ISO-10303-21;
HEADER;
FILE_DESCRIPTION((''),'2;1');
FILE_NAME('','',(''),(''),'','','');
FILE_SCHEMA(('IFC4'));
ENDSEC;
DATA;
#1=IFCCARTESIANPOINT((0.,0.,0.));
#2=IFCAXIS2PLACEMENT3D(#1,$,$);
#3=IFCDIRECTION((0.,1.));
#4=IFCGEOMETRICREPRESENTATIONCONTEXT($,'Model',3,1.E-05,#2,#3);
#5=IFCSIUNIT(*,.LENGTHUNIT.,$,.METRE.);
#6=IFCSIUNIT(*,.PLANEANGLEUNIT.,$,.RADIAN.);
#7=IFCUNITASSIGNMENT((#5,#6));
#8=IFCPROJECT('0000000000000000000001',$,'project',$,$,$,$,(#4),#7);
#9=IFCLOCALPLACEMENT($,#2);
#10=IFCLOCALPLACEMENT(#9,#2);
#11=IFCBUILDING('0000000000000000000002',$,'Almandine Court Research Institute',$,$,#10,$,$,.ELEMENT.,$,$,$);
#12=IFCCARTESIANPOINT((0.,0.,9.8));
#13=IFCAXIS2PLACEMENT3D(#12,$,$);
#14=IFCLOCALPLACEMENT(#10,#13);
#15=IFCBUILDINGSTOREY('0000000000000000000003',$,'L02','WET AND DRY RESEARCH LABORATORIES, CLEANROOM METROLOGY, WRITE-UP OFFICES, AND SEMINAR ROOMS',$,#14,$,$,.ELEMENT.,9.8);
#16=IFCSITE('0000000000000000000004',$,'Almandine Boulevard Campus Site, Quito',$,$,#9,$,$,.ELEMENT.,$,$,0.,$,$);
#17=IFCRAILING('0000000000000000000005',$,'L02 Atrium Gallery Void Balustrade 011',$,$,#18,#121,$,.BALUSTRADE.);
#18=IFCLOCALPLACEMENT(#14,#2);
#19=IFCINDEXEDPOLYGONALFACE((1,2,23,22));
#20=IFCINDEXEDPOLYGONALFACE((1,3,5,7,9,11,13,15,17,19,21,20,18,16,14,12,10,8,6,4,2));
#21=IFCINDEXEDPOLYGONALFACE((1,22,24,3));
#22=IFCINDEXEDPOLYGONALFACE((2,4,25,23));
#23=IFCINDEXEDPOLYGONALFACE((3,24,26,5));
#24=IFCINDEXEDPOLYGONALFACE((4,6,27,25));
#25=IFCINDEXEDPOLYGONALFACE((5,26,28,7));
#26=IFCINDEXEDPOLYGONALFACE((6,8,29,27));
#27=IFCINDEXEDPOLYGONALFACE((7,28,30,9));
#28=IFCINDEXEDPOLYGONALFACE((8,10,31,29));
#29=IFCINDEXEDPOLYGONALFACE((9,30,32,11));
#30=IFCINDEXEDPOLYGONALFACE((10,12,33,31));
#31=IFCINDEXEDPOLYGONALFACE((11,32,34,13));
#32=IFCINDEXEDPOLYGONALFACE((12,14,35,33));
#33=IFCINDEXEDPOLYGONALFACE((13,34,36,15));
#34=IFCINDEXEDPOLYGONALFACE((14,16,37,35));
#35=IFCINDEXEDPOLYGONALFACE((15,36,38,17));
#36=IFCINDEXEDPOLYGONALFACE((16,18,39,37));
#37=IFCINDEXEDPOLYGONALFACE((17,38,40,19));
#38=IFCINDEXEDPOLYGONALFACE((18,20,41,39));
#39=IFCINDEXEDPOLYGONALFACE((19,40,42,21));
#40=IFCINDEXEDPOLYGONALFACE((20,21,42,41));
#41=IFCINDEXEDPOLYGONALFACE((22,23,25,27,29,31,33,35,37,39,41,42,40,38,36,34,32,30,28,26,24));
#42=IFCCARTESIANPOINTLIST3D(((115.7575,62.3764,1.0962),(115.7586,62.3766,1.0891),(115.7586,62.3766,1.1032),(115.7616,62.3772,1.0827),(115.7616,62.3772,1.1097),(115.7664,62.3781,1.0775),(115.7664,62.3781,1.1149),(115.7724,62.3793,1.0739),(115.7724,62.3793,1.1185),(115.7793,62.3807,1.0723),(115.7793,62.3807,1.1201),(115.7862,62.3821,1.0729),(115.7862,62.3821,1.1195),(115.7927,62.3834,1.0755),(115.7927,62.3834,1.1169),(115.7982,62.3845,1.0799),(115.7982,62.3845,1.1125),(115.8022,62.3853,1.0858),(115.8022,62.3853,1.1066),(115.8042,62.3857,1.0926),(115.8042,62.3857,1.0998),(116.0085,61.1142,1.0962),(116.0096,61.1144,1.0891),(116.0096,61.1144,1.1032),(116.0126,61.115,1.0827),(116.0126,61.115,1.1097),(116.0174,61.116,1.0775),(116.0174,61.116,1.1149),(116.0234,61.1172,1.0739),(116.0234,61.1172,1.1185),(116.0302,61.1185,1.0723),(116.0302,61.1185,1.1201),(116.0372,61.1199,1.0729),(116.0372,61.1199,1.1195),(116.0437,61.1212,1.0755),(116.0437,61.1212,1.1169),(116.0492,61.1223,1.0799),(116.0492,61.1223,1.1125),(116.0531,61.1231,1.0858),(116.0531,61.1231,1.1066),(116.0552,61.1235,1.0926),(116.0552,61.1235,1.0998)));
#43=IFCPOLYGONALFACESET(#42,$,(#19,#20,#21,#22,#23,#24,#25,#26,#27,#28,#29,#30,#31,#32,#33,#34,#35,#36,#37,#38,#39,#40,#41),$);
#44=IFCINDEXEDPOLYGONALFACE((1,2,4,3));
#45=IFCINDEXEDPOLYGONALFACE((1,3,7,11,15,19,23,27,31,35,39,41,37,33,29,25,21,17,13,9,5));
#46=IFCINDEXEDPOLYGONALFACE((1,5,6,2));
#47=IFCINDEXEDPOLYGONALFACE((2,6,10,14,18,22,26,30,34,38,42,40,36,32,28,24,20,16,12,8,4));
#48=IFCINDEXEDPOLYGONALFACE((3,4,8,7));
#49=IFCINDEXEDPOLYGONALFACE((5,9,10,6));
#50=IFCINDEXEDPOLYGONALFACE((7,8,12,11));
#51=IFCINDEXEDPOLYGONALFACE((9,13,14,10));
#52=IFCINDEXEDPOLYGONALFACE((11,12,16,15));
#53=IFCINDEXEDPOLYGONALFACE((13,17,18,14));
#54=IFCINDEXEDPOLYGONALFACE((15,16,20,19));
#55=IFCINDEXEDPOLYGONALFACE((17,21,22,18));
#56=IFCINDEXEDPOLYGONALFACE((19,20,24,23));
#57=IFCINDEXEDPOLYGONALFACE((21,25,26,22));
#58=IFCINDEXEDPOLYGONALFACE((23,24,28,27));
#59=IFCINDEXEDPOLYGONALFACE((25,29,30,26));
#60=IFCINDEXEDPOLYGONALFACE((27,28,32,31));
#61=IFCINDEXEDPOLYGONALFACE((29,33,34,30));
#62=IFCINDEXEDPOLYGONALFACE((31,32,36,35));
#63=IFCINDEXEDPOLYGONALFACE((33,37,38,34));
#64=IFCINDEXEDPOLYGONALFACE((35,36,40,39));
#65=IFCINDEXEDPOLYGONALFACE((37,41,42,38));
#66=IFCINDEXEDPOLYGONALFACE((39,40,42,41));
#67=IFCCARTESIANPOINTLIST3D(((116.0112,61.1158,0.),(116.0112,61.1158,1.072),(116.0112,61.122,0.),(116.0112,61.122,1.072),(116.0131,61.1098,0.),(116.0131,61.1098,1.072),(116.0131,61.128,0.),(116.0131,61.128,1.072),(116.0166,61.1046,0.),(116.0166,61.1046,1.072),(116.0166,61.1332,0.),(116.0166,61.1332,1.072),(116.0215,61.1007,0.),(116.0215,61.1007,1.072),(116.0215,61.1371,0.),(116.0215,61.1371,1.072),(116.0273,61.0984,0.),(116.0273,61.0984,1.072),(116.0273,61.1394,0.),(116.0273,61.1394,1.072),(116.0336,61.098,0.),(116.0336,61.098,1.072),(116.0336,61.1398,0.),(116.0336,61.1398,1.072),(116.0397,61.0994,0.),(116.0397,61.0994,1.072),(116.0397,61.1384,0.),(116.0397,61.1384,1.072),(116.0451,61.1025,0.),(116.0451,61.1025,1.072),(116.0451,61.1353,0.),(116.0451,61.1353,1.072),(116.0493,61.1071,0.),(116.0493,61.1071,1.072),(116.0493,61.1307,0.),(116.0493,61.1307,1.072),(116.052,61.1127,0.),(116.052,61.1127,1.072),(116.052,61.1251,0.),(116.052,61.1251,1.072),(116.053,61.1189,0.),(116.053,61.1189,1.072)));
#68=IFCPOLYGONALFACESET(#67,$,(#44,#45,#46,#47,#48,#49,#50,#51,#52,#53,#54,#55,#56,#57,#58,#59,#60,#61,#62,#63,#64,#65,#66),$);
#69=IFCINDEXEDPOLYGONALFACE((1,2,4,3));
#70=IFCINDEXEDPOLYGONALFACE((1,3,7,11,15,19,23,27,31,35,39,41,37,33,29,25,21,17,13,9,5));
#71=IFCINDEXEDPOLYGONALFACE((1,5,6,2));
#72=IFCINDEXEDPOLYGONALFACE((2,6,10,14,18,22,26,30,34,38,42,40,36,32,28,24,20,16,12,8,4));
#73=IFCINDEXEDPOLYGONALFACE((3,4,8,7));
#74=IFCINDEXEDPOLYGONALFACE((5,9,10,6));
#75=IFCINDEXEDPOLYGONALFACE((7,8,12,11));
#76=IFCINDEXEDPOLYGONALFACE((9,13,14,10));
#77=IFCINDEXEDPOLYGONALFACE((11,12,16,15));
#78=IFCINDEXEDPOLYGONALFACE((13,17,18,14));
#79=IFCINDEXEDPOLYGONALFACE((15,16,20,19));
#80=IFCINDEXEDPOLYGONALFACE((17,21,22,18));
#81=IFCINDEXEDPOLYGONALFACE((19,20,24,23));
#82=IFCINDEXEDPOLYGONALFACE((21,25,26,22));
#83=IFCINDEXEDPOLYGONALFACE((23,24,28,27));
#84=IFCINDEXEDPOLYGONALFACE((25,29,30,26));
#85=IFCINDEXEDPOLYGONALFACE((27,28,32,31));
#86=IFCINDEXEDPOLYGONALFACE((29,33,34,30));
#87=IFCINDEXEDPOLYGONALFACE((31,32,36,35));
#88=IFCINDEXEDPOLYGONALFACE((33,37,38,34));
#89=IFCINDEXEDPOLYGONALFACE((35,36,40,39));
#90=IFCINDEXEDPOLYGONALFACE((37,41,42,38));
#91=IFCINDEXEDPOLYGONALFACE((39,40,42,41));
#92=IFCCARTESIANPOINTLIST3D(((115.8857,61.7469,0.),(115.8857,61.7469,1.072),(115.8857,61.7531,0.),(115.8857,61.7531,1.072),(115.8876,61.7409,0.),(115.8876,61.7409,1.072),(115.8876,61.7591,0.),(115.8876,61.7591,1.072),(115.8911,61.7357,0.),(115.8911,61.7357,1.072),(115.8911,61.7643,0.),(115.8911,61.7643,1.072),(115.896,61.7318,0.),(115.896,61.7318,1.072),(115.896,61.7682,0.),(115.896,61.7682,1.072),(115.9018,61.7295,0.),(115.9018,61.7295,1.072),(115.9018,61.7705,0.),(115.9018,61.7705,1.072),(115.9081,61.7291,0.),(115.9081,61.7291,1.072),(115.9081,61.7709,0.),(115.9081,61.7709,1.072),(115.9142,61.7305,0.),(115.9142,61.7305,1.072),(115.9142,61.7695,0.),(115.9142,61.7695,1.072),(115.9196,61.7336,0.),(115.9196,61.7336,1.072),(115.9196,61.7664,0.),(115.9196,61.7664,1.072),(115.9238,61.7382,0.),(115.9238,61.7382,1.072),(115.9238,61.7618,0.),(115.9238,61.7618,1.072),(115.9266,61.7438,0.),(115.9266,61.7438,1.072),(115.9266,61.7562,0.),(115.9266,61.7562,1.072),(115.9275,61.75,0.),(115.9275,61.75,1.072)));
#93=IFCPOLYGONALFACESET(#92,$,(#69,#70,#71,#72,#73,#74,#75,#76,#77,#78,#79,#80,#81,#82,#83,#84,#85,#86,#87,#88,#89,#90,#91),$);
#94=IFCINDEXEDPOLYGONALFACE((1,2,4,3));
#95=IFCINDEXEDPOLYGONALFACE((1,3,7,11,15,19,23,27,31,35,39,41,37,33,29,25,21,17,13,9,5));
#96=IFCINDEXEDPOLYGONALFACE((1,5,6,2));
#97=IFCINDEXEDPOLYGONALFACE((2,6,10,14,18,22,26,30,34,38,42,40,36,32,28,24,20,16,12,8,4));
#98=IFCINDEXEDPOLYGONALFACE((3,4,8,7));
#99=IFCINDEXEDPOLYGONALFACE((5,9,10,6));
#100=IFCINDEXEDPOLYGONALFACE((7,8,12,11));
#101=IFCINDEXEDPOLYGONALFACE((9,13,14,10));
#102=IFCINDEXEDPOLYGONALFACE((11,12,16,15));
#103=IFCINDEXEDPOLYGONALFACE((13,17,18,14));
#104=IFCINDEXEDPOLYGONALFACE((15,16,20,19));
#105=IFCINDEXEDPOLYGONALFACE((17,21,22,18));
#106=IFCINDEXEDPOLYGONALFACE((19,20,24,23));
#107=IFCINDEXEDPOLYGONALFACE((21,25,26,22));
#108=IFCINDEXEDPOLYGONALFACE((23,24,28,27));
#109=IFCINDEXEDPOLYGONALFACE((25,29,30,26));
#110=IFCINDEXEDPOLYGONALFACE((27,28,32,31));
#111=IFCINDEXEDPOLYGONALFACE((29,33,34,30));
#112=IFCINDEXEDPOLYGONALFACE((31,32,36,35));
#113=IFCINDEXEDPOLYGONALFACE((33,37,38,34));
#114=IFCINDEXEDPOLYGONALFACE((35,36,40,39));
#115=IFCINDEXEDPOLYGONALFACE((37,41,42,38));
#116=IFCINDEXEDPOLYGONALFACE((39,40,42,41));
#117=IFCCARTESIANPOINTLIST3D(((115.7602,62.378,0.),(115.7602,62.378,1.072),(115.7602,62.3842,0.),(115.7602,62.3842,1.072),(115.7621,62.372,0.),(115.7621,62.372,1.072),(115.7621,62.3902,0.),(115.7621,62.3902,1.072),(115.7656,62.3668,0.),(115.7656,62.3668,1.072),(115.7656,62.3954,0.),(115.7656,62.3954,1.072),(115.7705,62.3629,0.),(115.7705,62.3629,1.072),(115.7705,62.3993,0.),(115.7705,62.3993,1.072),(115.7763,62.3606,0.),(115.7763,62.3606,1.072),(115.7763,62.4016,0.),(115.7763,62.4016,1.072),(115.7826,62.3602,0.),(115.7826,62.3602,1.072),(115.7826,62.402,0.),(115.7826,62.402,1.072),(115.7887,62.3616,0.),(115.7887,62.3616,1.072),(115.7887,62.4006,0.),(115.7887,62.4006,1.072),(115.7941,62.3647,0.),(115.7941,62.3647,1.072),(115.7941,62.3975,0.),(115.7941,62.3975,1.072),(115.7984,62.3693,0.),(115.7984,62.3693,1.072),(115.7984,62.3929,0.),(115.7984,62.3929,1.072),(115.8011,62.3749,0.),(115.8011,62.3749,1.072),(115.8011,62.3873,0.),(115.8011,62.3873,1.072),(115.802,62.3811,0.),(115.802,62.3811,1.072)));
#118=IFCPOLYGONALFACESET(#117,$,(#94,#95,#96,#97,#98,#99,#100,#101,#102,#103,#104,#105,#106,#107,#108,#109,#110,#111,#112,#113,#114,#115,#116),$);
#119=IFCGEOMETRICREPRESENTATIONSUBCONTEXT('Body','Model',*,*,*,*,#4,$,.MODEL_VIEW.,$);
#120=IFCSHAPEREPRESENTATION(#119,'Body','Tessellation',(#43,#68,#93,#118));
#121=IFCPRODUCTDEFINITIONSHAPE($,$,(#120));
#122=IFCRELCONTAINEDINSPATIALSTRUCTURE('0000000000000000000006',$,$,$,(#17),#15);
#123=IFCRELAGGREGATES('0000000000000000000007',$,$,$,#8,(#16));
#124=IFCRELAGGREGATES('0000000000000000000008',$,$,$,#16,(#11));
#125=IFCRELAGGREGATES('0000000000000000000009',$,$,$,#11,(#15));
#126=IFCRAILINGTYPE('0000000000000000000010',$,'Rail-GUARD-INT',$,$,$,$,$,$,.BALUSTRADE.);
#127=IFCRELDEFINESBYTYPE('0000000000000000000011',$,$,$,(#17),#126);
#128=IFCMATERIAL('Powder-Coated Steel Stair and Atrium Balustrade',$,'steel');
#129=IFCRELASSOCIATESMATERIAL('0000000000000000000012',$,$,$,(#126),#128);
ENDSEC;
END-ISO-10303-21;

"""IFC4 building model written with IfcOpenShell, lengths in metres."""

from ifc_helpers import new_model, si_unit, direction, frame, origin, origin_2d, place, context, subcontext, project, spatial, circle, extrude, material, type_object, element, save


model = new_model("IFC4")

# Units and contexts
model_context = context("Model", 3, precision=1e-05, world=origin(), true_north=direction((0.0, 1.0)))
body_context = subcontext(model_context, "Body", "Model", "MODEL_VIEW")
ifc_project = project(units=[si_unit("LENGTHUNIT", "METRE"), si_unit("PLANEANGLEUNIT", "RADIAN")], contexts=[model_context])

# Site, building, storey
site_placement = place(None, origin())
site = spatial("IfcSite", under=ifc_project, at=site_placement, Name="Almandine Boulevard Campus Site, Quito", CompositionType="ELEMENT", RefElevation=0.0)
building_placement = place(site_placement, origin())
building = spatial("IfcBuilding", under=site, at=building_placement, Name="Almandine Court Research Institute", CompositionType="ELEMENT")
storey_placement = place(building_placement, frame((0.0, 0.0, 9.8)))
storey = spatial("IfcBuildingStorey", under=building, at=storey_placement, Name="L02", Description="WET AND DRY RESEARCH LABORATORIES, CLEANROOM METROLOGY, WRITE-UP OFFICES, AND SEMINAR ROOMS", CompositionType="ELEMENT", Elevation=9.8)

# Railing
ifc_material_1 = material(Name="Powder-Coated Steel Stair and Atrium Balustrade", Category="steel")
railing_type = type_object("IfcRailingType", Name="Rail-GUARD-INT", PredefinedType="BALUSTRADE", material=ifc_material_1)
railing_1_placement = place(storey_placement, frame((116.032, 61.1189, 0.0)))
element("IfcRailing", 1, at=railing_1_placement, inside=storey, type_object=railing_type, Name="L02 Atrium Gallery Void Balustrade 011", PredefinedType="BALUSTRADE", context=body_context, shape_type="SweptSolid", body=[
    extrude(circle(Radius=0.0239, at=origin_2d()), frame((0.0, 0.0, 1.0962), z_axis=(-0.195022, 0.980799, 0.0), x_axis=(-0.980799, -0.195022, 0.0)), (0.0, 0.0, 1.0), 1.2869),
    extrude(circle(Radius=0.021, at=origin_2d()), origin(), (0.0, 0.0, 1.0), 1.072),
    extrude(circle(Radius=0.021, at=origin_2d()), frame((-0.1255, 0.6311, 0.0)), (0.0, 0.0, 1.0), 1.072),
    extrude(circle(Radius=0.021, at=origin_2d()), frame((-0.251, 1.2622, 0.0)), (0.0, 0.0, 1.0), 1.072),
])

save(model, "model.ifc")
